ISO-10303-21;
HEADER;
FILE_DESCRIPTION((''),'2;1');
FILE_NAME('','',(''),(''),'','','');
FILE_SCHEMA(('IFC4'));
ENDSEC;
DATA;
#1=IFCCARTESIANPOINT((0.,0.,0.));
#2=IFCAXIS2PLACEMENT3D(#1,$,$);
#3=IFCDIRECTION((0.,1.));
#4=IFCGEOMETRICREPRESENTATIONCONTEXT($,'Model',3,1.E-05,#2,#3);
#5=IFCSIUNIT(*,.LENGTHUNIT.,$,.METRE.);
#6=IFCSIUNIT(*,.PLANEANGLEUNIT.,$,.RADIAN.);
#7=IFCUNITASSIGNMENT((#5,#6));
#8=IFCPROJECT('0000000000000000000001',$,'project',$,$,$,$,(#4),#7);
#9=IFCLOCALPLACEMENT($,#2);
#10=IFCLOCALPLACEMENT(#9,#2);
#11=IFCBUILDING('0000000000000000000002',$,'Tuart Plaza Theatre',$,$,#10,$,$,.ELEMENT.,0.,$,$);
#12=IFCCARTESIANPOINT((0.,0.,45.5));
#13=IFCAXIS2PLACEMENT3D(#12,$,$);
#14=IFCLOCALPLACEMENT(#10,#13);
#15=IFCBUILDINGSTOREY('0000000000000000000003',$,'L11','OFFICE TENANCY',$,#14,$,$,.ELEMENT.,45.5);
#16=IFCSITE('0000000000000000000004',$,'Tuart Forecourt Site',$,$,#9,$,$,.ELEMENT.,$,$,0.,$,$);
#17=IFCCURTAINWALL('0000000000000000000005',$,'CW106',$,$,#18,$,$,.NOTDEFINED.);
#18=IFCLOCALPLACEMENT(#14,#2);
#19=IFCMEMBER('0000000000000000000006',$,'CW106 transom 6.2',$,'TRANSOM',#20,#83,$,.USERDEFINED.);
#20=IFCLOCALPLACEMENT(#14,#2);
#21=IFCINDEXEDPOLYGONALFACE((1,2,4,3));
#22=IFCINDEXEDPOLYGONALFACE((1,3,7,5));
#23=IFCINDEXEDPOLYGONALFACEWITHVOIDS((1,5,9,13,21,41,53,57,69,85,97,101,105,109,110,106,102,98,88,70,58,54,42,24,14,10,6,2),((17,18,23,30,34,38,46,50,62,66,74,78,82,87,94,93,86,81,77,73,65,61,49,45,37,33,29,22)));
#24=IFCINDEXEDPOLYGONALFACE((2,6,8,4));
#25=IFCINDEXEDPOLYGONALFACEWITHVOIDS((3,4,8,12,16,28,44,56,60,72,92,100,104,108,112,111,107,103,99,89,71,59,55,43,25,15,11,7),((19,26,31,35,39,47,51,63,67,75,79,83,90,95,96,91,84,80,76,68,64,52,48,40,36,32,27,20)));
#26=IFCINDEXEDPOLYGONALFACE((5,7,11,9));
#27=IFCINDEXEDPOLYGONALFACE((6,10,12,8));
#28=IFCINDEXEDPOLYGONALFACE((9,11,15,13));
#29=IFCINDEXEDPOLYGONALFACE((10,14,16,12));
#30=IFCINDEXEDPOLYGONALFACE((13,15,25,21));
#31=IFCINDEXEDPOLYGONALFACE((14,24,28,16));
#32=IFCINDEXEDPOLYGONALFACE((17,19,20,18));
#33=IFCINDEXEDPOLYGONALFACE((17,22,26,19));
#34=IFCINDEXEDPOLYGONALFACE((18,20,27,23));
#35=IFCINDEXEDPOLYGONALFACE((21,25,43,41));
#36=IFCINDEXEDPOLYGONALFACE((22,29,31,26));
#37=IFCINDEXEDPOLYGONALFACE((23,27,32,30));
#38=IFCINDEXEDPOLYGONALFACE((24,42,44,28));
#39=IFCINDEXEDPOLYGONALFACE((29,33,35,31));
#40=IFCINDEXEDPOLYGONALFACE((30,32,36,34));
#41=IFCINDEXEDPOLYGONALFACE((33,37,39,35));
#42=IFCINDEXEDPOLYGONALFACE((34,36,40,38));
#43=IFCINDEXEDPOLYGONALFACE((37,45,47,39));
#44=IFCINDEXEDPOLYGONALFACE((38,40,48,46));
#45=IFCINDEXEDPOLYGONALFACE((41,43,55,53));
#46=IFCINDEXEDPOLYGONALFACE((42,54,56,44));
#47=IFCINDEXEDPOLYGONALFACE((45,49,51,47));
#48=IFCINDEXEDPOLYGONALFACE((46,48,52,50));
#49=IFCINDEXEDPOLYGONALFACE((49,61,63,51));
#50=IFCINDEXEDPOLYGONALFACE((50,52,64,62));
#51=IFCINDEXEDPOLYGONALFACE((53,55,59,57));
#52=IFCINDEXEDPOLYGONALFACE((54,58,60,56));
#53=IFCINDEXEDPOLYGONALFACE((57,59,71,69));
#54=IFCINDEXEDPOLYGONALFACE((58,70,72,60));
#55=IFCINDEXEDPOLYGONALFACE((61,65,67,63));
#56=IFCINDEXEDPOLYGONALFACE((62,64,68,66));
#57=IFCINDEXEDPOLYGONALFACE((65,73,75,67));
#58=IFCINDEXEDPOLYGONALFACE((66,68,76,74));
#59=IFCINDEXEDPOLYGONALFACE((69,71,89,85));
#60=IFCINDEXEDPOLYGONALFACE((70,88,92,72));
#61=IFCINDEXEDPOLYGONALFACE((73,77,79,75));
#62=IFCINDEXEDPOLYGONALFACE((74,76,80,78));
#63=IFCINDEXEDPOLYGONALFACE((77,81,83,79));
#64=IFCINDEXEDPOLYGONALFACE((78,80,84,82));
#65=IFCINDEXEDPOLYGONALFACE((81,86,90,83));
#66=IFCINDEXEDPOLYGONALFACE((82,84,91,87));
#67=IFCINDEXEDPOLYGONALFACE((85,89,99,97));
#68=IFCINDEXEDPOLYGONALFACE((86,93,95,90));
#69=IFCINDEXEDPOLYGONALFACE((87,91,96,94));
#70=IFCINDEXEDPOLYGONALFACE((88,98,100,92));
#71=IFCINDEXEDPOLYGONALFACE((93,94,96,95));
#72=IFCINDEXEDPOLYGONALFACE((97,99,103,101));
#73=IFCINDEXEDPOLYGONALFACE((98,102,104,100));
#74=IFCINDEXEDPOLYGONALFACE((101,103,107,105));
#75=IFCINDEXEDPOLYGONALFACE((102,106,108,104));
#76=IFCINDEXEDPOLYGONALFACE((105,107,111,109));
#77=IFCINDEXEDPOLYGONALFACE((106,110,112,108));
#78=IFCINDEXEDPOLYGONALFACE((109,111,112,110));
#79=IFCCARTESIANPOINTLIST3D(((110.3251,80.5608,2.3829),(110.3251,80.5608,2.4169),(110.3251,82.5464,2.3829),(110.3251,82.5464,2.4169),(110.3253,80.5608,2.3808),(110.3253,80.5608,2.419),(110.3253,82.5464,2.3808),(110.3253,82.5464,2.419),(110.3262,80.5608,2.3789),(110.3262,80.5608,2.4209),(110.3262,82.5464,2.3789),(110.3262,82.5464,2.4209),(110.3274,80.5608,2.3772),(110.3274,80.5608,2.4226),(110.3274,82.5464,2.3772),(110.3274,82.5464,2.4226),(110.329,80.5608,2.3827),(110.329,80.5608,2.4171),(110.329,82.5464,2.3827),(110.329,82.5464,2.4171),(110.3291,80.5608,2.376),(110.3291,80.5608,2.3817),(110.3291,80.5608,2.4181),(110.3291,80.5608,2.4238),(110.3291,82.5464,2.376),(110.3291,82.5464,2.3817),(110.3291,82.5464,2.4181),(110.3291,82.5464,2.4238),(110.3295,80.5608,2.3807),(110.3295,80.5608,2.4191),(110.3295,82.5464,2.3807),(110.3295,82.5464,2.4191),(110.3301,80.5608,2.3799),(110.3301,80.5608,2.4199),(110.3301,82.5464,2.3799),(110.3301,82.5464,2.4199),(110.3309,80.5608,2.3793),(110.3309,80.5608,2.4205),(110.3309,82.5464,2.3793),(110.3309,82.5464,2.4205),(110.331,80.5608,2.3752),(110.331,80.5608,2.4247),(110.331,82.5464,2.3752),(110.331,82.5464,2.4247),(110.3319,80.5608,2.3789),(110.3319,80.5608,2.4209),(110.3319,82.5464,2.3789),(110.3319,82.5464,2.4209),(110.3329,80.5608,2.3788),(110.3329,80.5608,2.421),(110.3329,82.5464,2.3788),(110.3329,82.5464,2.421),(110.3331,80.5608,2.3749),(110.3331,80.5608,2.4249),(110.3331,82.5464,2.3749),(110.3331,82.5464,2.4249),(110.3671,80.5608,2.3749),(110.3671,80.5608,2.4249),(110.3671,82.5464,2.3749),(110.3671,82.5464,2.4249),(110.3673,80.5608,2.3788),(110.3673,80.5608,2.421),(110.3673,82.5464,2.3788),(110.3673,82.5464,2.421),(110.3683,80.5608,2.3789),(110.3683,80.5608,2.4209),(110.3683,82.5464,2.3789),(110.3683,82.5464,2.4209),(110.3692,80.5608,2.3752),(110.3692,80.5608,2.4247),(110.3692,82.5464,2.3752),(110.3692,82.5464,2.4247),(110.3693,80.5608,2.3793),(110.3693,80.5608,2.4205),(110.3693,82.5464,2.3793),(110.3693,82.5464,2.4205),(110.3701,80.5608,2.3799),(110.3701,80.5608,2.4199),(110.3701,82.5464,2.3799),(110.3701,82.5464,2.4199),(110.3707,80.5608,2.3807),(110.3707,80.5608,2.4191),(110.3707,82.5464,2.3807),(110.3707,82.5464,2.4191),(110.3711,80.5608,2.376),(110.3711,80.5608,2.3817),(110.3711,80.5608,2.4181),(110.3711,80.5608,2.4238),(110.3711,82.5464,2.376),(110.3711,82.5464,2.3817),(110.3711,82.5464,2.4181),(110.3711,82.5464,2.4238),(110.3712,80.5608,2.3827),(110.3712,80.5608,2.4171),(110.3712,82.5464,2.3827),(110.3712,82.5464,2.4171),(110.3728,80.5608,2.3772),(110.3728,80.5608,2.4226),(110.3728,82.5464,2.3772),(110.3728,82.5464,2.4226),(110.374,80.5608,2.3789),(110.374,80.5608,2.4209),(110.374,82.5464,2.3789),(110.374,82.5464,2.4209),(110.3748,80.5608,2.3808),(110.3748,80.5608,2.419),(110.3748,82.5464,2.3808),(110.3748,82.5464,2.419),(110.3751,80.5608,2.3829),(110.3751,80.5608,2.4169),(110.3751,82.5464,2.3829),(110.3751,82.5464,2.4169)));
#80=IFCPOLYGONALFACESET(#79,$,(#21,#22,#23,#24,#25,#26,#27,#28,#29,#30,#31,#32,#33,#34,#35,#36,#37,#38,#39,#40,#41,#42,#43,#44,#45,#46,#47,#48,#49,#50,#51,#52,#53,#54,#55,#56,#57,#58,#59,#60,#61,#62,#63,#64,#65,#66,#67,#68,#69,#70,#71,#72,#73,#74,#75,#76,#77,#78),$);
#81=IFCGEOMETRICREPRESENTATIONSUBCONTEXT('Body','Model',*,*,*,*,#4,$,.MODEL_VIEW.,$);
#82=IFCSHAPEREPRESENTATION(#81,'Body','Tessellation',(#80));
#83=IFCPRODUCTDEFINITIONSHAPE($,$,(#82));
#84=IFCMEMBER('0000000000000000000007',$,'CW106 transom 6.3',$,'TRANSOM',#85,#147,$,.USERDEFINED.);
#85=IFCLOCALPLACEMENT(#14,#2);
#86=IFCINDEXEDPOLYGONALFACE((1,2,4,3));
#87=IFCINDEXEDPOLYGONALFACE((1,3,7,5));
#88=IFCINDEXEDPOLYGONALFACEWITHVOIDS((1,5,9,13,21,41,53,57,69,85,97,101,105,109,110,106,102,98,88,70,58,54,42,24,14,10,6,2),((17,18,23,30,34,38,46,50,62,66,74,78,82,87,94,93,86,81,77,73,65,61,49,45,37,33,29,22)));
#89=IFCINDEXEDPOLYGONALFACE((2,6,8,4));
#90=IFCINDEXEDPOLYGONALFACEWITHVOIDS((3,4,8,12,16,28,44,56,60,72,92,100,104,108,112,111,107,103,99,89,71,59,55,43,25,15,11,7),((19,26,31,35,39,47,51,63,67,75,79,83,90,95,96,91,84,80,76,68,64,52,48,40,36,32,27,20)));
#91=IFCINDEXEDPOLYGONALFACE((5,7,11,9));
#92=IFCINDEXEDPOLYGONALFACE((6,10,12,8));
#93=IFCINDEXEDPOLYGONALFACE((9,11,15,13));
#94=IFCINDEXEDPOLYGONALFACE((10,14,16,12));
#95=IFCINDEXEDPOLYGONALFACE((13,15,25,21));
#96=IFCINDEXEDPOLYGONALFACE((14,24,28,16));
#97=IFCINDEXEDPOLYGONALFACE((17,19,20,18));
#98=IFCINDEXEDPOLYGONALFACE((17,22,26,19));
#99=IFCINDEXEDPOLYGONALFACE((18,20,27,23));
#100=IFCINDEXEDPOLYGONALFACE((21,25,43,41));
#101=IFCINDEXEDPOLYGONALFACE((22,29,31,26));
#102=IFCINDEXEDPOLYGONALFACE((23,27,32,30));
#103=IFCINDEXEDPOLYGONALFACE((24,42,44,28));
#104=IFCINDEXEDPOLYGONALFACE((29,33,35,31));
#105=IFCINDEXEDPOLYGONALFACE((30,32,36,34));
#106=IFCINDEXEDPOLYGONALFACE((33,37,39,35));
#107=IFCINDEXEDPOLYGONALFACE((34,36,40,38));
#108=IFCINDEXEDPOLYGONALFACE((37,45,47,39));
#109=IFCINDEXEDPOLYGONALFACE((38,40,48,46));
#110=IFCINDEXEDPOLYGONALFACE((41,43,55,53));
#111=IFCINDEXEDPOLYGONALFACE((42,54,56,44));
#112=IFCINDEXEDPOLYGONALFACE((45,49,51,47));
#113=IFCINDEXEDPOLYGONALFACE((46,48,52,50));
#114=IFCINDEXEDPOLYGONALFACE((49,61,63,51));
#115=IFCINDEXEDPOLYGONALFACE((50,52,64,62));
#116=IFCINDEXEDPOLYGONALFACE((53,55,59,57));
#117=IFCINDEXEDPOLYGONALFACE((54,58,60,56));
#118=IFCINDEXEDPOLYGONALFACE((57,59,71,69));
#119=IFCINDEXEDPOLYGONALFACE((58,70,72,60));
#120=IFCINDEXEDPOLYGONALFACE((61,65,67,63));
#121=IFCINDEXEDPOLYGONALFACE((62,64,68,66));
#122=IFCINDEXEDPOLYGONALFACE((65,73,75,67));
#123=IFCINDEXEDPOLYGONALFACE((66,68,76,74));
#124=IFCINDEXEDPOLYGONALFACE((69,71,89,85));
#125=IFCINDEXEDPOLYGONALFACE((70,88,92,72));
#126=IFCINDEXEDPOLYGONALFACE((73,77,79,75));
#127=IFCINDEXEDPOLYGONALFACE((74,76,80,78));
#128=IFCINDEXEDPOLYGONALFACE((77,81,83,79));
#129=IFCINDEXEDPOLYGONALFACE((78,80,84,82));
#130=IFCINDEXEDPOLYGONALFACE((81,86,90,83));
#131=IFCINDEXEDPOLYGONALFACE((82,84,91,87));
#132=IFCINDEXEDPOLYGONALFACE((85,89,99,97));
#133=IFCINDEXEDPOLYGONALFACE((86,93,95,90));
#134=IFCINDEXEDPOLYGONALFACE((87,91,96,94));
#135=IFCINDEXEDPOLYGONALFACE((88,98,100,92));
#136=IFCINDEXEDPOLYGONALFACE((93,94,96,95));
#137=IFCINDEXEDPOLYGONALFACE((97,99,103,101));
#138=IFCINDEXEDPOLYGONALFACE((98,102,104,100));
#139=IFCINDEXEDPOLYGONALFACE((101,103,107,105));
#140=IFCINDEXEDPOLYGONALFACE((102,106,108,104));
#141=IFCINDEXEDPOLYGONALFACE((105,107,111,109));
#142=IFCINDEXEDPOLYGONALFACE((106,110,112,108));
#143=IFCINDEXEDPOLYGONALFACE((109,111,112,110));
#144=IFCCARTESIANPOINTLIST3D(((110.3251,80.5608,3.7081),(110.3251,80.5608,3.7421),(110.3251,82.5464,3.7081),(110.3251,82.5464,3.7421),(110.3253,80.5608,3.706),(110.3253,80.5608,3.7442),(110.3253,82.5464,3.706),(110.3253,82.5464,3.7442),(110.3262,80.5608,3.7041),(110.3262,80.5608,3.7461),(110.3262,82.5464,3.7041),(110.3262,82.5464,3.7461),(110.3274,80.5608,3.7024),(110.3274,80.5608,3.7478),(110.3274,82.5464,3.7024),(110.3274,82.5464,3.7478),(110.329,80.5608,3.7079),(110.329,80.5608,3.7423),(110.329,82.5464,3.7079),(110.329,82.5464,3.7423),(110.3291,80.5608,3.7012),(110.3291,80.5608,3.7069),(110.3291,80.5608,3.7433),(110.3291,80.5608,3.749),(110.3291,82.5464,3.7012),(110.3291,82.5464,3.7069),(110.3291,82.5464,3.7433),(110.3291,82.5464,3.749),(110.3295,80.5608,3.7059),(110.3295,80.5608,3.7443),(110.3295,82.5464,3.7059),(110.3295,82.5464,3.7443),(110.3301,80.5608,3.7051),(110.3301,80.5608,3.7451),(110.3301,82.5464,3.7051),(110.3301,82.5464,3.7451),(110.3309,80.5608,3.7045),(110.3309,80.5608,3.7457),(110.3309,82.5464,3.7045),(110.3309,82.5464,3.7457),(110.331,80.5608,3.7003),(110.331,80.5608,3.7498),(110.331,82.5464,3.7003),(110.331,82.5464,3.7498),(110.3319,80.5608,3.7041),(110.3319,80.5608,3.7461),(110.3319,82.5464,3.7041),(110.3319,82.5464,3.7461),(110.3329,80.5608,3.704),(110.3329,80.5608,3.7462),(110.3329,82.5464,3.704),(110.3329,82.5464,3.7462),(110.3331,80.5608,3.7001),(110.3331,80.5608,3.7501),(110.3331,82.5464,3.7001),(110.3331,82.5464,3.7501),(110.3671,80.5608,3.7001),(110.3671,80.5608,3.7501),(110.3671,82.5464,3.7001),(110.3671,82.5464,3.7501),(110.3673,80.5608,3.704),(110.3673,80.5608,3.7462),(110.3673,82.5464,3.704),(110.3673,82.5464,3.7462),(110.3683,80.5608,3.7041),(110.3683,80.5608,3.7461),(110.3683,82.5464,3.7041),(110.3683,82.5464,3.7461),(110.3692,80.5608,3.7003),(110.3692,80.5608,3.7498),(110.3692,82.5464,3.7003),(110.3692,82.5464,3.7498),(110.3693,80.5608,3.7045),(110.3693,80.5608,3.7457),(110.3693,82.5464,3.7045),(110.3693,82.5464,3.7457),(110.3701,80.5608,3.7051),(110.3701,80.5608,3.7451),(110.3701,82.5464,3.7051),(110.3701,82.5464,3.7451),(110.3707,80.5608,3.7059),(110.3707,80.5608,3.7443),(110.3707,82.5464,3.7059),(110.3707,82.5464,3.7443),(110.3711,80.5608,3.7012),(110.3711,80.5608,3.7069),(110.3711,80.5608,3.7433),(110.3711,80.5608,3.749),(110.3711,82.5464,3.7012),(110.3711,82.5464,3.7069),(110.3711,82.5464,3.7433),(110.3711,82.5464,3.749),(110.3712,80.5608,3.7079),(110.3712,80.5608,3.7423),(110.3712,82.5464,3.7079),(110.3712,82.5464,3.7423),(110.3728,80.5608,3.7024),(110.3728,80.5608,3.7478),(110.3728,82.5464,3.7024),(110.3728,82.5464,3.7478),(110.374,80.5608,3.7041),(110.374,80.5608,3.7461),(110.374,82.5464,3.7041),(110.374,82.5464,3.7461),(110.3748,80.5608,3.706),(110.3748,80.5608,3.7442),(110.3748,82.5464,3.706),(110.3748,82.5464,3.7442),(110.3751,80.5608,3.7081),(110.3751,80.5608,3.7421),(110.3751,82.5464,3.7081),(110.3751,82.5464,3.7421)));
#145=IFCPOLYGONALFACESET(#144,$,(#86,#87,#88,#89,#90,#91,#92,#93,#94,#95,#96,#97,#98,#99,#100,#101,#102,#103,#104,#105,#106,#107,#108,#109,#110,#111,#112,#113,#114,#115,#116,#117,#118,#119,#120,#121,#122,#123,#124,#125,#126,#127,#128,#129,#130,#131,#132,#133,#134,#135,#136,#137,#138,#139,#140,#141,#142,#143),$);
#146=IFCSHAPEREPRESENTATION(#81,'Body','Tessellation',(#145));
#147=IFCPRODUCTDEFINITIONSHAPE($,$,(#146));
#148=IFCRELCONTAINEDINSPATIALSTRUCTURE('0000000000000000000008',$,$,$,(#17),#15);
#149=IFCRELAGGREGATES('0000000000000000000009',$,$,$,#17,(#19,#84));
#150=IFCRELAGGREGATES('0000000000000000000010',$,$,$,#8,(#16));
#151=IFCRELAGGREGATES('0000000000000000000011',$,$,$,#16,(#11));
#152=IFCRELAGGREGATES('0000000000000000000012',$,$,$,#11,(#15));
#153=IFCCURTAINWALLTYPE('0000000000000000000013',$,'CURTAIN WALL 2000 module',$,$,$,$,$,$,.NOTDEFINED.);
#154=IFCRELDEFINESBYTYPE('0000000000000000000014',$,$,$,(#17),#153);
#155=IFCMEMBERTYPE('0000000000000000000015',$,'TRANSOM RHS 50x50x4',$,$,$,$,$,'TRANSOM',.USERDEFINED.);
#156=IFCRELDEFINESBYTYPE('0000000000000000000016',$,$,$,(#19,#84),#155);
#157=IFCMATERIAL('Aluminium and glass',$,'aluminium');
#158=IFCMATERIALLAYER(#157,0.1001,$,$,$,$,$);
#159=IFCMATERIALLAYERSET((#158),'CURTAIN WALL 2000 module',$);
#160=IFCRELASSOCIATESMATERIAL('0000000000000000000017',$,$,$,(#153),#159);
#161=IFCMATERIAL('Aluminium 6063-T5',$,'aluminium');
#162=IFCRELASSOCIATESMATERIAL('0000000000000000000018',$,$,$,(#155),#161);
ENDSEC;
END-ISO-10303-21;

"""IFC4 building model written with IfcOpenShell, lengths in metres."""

from ifc_helpers import new_model, si_unit, direction, frame, origin, origin_2d, place, context, subcontext, project, spatial, hollow_rectangle, extrude, material, layer, layer_set, material_profile, profile_set, type_object, element, aggregate, save


model = new_model("IFC4")

# Units and contexts
model_context = context("Model", 3, precision=1e-05, world=origin(), true_north=direction((0.0, 1.0)))
body_context = subcontext(model_context, "Body", "Model", "MODEL_VIEW")
ifc_project = project(units=[si_unit("LENGTHUNIT", "METRE"), si_unit("PLANEANGLEUNIT", "RADIAN")], contexts=[model_context])

# Site, building, storey
site_placement = place(None, origin())
site = spatial("IfcSite", under=ifc_project, at=site_placement, Name="Tuart Forecourt Site", CompositionType="ELEMENT", RefElevation=0.0)
building_placement = place(site_placement, origin())
building = spatial("IfcBuilding", under=site, at=building_placement, Name="Tuart Plaza Theatre", CompositionType="ELEMENT", ElevationOfRefHeight=0.0)
storey_placement = place(building_placement, frame((0.0, 0.0, 45.5)))
storey = spatial("IfcBuildingStorey", under=building, at=storey_placement, Name="L11", Description="OFFICE TENANCY", CompositionType="ELEMENT", Elevation=45.5)

# Curtain wall, members
ifc_material_1 = material(Name="Aluminium and glass", Category="aluminium")
ifc_layer_1 = layer(ifc_material_1, 0.1001)
ifc_layer_set_1 = layer_set([ifc_layer_1], Name="CURTAIN WALL 2000 module")
curtain_wall_type = type_object("IfcCurtainWallType", Name="CURTAIN WALL 2000 module", PredefinedType="NOTDEFINED", material=ifc_layer_set_1)
curtain_wall_placement = place(storey_placement, origin())
curtain_wall = element("IfcCurtainWall", 1, at=curtain_wall_placement, inside=storey, type_object=curtain_wall_type, Name="CW106", PredefinedType="NOTDEFINED")
ifc_material_2 = material(Name="Aluminium 6063-T5", Category="aluminium")
ifc_material_profile = material_profile(ifc_material_2, hollow_rectangle(XDim=0.05, YDim=0.05, WallThickness=0.0039, InnerFilletRadius=0.0039, OuterFilletRadius=0.0081, at=origin_2d()), Name="RHS 50x50x4")
ifc_profile_set = profile_set([ifc_material_profile], Name="Aluminium 6063-T5")
member_type = type_object("IfcMemberType", Name="TRANSOM RHS 50x50x4", ElementType="TRANSOM", PredefinedType="USERDEFINED", material=ifc_profile_set)
member_1_placement = place(storey_placement, frame((110.3501, 82.5464, 2.3999), z_axis=(0.0, -1.0, 0.0), x_axis=(1.0, 0.0, 0.0)))
member_1 = element("IfcMember", 2, at=member_1_placement, type_object=member_type, Name="CW106 transom 6.2", ObjectType="TRANSOM", PredefinedType="USERDEFINED", context=body_context, shape_type="SweptSolid", body=[
    extrude(hollow_rectangle(XDim=0.05, YDim=0.05, WallThickness=0.0039, InnerFilletRadius=0.0039, OuterFilletRadius=0.0081, at=origin_2d()), origin(), (0.0, 0.0, 1.0), 1.9856),
])
member_2_placement = place(storey_placement, frame((110.3501, 82.5464, 3.7251), z_axis=(0.0, -1.0, 0.0), x_axis=(1.0, 0.0, 0.0)))
member_2 = element("IfcMember", 3, at=member_2_placement, type_object=member_type, Name="CW106 transom 6.3", ObjectType="TRANSOM", PredefinedType="USERDEFINED", context=body_context, shape_type="SweptSolid", body=[
    extrude(hollow_rectangle(XDim=0.05, YDim=0.05, WallThickness=0.0039, InnerFilletRadius=0.0039, OuterFilletRadius=0.0081, at=origin_2d()), origin(), (0.0, 0.0, 1.0), 1.9856),
])
aggregate(curtain_wall, [member_1, member_2])

save(model, "model.ifc")
